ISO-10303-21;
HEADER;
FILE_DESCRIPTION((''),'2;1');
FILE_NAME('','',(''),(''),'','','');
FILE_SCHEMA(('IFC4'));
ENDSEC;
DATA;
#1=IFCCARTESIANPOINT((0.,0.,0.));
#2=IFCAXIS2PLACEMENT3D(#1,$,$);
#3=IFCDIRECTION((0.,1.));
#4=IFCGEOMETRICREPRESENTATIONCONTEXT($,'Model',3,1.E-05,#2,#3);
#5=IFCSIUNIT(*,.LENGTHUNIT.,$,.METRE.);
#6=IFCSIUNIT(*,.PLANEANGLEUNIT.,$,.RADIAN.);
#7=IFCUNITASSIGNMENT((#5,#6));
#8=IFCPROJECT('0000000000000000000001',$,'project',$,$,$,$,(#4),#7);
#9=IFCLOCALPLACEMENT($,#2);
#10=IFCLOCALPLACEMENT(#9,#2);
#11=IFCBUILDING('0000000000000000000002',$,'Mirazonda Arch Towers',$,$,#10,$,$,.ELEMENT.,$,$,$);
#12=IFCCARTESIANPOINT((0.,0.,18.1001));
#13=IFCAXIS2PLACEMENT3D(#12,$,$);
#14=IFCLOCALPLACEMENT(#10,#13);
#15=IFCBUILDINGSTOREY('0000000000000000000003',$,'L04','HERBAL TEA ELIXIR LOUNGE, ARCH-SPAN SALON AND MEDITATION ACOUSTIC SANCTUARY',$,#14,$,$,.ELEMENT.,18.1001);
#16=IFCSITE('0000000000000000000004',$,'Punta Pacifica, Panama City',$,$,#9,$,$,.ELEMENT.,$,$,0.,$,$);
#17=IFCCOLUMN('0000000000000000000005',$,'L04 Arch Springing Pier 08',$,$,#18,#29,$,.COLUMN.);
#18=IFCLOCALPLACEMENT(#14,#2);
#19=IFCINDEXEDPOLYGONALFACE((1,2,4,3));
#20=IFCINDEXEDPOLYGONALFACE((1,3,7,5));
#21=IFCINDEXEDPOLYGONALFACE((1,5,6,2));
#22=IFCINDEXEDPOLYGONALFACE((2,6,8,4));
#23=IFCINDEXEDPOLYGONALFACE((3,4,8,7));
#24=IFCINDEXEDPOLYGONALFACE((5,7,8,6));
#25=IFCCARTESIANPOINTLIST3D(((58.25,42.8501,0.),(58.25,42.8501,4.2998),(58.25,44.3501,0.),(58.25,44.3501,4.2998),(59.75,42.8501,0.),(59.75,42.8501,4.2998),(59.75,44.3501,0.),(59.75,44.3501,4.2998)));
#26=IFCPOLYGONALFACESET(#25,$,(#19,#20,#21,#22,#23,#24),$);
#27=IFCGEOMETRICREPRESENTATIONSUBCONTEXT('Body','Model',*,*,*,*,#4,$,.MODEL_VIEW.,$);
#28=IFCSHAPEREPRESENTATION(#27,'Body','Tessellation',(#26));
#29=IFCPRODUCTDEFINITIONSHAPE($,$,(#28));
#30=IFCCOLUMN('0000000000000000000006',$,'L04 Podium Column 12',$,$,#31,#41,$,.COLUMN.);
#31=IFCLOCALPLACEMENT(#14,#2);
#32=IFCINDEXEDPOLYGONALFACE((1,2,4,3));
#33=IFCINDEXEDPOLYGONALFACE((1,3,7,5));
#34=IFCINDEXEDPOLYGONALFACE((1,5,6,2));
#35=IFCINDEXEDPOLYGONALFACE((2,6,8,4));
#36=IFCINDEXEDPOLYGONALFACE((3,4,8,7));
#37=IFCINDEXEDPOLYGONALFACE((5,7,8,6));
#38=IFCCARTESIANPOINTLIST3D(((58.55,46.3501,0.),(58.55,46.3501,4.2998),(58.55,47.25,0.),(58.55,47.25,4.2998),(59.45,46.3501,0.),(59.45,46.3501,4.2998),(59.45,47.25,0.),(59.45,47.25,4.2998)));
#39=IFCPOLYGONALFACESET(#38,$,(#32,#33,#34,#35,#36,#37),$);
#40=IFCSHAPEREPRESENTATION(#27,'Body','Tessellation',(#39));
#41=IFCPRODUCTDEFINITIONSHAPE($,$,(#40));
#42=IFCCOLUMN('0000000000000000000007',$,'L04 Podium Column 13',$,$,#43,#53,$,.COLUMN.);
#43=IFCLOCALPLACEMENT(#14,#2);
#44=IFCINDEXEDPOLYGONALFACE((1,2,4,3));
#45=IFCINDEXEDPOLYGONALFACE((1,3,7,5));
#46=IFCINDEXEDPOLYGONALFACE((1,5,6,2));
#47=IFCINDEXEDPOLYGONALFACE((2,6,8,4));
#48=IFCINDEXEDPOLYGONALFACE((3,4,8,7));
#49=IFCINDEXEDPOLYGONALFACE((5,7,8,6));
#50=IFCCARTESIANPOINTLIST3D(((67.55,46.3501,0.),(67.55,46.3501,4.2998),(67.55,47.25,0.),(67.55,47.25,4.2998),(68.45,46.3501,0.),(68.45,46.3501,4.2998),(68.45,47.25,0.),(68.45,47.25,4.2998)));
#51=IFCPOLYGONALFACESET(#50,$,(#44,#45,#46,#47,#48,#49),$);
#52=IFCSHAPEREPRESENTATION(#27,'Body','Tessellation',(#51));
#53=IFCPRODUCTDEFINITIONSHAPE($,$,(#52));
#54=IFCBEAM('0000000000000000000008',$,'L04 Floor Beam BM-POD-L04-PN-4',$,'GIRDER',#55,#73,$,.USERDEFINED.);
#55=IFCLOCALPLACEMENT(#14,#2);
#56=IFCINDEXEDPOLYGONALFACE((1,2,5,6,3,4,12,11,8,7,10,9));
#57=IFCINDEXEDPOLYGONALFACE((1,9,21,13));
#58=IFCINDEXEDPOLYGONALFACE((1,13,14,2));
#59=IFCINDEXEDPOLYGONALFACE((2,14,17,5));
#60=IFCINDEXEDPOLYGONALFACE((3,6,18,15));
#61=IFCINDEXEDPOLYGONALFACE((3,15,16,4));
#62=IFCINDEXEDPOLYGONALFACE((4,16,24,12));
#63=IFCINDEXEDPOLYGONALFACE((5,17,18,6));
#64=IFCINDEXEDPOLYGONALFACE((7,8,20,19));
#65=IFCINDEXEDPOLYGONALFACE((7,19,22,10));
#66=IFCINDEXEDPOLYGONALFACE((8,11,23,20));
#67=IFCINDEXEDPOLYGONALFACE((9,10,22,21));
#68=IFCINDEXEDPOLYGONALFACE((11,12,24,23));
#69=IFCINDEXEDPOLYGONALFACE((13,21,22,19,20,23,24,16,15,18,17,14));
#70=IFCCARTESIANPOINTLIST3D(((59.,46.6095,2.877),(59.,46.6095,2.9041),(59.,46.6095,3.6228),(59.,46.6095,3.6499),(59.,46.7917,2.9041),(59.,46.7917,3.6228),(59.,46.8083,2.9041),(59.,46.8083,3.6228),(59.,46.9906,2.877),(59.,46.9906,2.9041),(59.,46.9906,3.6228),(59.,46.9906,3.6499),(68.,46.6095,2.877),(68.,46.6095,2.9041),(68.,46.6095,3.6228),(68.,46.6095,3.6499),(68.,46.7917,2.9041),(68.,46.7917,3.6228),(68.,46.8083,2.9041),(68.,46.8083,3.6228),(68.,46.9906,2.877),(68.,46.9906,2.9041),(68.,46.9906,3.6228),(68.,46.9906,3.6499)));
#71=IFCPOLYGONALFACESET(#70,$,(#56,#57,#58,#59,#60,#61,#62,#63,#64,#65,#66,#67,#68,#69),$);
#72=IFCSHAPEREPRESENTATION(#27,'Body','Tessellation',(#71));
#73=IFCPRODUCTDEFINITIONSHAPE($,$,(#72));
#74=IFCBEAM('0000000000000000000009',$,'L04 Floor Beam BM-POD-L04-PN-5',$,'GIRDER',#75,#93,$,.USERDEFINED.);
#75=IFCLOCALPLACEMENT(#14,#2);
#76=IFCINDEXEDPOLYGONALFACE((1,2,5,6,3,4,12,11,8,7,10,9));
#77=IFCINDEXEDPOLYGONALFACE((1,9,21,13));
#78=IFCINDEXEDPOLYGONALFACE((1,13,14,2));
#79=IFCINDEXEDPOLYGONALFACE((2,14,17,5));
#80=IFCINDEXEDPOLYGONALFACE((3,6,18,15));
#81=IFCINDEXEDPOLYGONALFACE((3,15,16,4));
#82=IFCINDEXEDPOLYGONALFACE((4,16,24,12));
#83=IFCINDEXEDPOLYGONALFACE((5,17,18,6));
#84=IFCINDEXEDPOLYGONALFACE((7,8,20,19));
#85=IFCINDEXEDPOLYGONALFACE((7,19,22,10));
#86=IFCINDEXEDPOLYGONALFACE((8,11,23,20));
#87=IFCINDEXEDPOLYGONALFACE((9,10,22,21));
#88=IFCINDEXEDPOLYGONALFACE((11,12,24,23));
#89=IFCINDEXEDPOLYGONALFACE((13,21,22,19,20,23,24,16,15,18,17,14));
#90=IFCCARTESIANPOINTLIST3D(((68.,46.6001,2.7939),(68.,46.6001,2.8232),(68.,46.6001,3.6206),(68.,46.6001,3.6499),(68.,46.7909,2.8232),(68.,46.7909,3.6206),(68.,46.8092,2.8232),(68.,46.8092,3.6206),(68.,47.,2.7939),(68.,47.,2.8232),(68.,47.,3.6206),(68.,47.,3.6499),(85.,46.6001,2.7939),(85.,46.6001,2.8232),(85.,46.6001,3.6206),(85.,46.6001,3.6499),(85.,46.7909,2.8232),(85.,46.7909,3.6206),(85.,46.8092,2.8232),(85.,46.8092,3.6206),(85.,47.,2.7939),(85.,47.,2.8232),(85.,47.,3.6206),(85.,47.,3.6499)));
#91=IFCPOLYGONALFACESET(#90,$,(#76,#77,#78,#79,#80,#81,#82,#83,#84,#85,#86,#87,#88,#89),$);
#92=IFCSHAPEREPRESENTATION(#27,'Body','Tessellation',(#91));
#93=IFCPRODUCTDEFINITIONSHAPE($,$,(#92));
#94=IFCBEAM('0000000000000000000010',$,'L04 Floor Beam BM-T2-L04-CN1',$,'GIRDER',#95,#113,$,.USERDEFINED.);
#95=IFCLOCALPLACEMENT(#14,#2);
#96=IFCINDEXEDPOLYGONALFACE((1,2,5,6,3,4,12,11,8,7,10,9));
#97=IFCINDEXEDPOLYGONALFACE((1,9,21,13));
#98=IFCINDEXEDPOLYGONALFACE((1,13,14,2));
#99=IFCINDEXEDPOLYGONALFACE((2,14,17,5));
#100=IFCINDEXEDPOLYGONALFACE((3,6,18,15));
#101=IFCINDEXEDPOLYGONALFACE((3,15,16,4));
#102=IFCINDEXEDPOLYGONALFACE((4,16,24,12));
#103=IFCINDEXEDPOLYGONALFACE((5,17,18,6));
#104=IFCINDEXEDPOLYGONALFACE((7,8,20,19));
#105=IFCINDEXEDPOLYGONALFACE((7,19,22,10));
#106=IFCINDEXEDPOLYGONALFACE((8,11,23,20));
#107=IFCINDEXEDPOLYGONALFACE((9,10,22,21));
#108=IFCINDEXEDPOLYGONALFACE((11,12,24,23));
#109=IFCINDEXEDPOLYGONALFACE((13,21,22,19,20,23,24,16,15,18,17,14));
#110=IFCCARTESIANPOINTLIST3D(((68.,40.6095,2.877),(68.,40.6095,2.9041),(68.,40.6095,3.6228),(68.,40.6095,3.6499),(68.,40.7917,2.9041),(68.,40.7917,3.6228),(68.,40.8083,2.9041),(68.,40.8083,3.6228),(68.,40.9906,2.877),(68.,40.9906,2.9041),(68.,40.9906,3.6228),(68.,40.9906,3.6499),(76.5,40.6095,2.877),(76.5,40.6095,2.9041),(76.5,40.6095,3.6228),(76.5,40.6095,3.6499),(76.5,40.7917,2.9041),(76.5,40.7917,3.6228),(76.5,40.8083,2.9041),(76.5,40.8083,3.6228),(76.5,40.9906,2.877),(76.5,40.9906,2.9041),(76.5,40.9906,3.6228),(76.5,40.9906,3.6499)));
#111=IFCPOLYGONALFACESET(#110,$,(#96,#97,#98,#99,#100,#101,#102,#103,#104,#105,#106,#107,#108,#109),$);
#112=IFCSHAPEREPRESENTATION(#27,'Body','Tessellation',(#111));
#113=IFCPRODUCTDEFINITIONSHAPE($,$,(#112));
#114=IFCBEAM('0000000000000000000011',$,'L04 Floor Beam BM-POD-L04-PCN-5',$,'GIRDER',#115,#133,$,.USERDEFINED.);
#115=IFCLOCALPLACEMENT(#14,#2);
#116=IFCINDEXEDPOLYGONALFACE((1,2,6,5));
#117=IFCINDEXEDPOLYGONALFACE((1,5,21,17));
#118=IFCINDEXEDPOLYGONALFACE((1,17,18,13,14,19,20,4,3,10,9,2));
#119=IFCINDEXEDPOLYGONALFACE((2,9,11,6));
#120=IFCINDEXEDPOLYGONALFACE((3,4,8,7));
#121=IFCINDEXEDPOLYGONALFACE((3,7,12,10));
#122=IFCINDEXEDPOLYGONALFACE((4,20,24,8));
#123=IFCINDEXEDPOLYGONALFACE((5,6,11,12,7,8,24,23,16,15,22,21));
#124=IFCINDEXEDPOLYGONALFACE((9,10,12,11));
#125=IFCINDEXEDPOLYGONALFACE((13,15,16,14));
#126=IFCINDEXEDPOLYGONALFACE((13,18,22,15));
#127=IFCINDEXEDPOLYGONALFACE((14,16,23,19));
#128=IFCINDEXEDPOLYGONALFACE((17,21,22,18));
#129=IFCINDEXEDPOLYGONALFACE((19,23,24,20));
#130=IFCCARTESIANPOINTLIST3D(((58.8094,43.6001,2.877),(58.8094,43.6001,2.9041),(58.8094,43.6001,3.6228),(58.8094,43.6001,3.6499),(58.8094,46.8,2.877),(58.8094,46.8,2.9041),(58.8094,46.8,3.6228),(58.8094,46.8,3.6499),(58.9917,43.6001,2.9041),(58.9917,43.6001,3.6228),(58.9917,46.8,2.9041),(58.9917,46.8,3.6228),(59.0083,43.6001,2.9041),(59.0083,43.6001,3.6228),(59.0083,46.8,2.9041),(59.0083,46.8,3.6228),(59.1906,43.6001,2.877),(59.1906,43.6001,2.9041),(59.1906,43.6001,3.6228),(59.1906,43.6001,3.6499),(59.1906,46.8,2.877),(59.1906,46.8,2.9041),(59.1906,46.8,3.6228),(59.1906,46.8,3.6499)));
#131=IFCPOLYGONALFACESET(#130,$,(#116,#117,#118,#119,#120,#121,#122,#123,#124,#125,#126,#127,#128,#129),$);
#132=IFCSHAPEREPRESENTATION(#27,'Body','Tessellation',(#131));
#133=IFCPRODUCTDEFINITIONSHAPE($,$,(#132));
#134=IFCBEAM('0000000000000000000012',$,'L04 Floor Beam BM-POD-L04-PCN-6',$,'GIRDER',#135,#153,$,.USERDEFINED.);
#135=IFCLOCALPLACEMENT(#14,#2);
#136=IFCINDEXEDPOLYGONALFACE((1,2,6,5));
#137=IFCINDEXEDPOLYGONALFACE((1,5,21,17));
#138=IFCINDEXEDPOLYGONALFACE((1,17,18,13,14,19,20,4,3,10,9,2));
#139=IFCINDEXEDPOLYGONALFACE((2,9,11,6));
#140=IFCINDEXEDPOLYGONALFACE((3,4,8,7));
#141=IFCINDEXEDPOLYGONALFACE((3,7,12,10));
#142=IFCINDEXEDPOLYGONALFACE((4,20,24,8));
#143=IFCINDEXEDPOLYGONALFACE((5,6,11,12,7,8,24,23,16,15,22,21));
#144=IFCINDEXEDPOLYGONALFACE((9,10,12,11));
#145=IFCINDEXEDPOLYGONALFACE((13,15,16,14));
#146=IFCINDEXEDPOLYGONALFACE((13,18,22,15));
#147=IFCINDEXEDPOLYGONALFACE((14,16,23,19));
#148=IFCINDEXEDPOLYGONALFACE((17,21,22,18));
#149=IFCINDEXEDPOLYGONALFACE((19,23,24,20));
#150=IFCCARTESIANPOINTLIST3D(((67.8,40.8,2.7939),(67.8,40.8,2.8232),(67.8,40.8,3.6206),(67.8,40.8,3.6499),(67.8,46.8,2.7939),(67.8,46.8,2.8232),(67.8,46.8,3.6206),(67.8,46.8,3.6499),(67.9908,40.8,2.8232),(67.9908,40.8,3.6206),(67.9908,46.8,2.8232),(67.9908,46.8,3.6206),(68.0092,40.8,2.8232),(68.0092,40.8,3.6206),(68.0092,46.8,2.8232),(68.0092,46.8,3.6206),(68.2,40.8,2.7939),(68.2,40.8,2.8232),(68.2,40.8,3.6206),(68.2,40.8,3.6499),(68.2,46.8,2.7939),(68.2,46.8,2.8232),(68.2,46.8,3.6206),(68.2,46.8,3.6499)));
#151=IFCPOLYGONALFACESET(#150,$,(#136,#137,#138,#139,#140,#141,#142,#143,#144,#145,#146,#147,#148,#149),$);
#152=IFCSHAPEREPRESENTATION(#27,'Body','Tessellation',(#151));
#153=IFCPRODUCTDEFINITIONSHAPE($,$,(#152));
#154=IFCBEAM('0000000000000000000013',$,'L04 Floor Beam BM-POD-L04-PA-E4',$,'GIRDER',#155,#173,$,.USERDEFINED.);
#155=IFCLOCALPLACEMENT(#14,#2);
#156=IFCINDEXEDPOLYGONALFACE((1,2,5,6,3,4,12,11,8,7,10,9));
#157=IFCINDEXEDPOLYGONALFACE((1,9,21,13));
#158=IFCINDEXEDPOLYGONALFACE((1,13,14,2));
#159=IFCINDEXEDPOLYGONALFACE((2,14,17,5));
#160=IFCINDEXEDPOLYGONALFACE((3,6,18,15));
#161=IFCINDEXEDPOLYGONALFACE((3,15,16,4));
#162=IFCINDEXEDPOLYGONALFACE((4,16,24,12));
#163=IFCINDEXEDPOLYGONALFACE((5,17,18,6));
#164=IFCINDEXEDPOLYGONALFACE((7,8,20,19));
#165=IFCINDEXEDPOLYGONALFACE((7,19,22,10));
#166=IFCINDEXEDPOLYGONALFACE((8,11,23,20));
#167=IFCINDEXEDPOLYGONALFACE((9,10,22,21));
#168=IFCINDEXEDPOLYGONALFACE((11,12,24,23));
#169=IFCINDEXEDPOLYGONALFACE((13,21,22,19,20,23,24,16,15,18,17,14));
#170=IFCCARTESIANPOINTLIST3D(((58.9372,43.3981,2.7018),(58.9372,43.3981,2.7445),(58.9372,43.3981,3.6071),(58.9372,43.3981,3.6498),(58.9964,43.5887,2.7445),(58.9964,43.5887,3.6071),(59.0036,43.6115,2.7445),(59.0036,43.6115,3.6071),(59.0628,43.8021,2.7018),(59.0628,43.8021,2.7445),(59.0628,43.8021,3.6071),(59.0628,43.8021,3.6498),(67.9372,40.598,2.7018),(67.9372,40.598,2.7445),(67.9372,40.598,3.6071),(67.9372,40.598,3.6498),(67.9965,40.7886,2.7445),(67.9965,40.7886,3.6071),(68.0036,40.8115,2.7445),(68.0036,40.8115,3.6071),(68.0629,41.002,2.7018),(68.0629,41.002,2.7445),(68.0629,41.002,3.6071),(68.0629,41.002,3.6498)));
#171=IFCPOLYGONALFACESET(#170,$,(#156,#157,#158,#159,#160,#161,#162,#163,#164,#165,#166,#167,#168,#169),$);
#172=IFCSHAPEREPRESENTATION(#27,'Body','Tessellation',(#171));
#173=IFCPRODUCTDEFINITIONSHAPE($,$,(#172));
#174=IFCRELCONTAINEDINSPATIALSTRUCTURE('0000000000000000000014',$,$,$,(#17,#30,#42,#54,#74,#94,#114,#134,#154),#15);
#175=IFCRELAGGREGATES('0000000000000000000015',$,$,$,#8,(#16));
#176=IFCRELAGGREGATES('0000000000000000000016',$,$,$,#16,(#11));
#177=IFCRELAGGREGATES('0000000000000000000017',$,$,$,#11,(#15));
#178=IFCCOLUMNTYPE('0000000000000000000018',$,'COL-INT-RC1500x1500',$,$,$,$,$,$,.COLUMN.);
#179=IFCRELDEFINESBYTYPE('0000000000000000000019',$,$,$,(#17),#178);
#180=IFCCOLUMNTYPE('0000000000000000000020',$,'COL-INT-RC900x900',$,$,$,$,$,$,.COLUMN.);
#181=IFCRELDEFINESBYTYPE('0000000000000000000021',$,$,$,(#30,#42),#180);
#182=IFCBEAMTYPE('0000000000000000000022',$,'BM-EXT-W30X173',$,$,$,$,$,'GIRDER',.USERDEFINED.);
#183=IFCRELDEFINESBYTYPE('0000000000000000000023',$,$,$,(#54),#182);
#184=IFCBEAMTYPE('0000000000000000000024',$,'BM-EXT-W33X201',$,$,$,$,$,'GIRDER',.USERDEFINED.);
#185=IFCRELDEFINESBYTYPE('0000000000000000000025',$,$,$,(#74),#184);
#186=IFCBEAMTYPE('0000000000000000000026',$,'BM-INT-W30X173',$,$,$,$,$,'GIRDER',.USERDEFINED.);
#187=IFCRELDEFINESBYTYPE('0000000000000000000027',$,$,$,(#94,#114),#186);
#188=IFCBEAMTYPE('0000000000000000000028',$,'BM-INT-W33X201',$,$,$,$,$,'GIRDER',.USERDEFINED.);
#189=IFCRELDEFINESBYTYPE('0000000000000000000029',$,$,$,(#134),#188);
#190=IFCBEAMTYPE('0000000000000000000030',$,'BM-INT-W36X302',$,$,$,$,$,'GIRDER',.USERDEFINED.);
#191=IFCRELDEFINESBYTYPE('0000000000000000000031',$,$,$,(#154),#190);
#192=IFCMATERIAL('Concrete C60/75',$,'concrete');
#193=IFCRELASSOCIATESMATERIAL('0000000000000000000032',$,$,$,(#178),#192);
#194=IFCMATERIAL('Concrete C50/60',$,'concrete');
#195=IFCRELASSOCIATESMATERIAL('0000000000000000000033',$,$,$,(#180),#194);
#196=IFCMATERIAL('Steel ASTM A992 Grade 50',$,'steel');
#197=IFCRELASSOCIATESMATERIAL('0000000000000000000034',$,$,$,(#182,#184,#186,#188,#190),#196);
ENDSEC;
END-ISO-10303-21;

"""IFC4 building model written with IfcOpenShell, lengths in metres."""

from ifc_helpers import new_model, si_unit, direction, frame, origin, origin_2d, place, context, subcontext, project, spatial, rectangle, i_section, extrude, material, material_profile, profile_set, type_object, element, save


model = new_model("IFC4")

# Units and contexts
model_context = context("Model", 3, precision=1e-05, world=origin(), true_north=direction((0.0, 1.0)))
body_context = subcontext(model_context, "Body", "Model", "MODEL_VIEW")
ifc_project = project(units=[si_unit("LENGTHUNIT", "METRE"), si_unit("PLANEANGLEUNIT", "RADIAN")], contexts=[model_context])

# Site, building, storey
site_placement = place(None, origin())
site = spatial("IfcSite", under=ifc_project, at=site_placement, Name="Punta Pacifica, Panama City", CompositionType="ELEMENT", RefElevation=0.0)
building_placement = place(site_placement, origin())
building = spatial("IfcBuilding", under=site, at=building_placement, Name="Mirazonda Arch Towers", CompositionType="ELEMENT")
storey_placement = place(building_placement, frame((0.0, 0.0, 18.1001)))
storey = spatial("IfcBuildingStorey", under=building, at=storey_placement, Name="L04", Description="HERBAL TEA ELIXIR LOUNGE, ARCH-SPAN SALON AND MEDITATION ACOUSTIC SANCTUARY", CompositionType="ELEMENT", Elevation=18.1001)

# Columns
ifc_material_1 = material(Name="Concrete C60/75", Category="concrete")
ifc_material_profile_1 = material_profile(ifc_material_1, rectangle(XDim=1.5, YDim=1.5, at=origin_2d()), Name="RC1500x1500")
ifc_profile_set_1 = profile_set([ifc_material_profile_1], Name="Concrete C60/75")
column_type_1 = type_object("IfcColumnType", Name="COL-INT-RC1500x1500", PredefinedType="COLUMN", material=ifc_profile_set_1)
column_placement = place(storey_placement, frame((59.0, 43.6001, 0.0), z_axis=(0.0, 0.0, 1.0), x_axis=(1.0, 0.0, 0.0)))
element("IfcColumn", 1, at=column_placement, inside=storey, type_object=column_type_1, Name="L04 Arch Springing Pier 08", PredefinedType="COLUMN", context=body_context, shape_type="SweptSolid", body=[
    extrude(rectangle(XDim=1.5, YDim=1.5, at=origin_2d()), origin(), (0.0, 0.0, 1.0), 4.2998),
])
ifc_material_2 = material(Name="Concrete C50/60", Category="concrete")
ifc_material_profile_2 = material_profile(ifc_material_2, rectangle(XDim=0.8999, YDim=0.8999, at=origin_2d()), Name="RC900x900")
ifc_profile_set_2 = profile_set([ifc_material_profile_2], Name="Concrete C50/60")
column_type_2 = type_object("IfcColumnType", Name="COL-INT-RC900x900", PredefinedType="COLUMN", material=ifc_profile_set_2)
for number, where, z_axis, x_axis, name in (
    (2, (59.0, 46.8, 0.0), (0.0, 0.0, 1.0), (1.0, 0.0, 0.0), "L04 Podium Column 12"),
    (3, (68.0, 46.8, 0.0), (0.0, 0.0, 1.0), (1.0, 0.0, 0.0), "L04 Podium Column 13"),
):
    element("IfcColumn", number, at=place(storey_placement, frame(where, z_axis=z_axis, x_axis=x_axis)), inside=storey, type_object=column_type_2, Name=name, PredefinedType="COLUMN", context=body_context, shape_type="SweptSolid", body=[
        extrude(rectangle(XDim=0.8999, YDim=0.8999, at=origin_2d()), origin(), (0.0, 0.0, 1.0), 4.2998),
    ])

# Beams
ifc_material_3 = material(Name="Steel ASTM A992 Grade 50", Category="steel")
ifc_material_profile_3 = material_profile(ifc_material_3, i_section(OverallWidth=0.3811, OverallDepth=0.7729, WebThickness=0.0166, FlangeThickness=0.0271, at=origin_2d()), Name="W30X173")
ifc_profile_set_3 = profile_set([ifc_material_profile_3], Name="Steel ASTM A992 Grade 50")
beam_type_1 = type_object("IfcBeamType", Name="BM-EXT-W30X173", ElementType="GIRDER", PredefinedType="USERDEFINED", material=ifc_profile_set_3)
beam_1_placement = place(storey_placement, frame((59.0, 46.8, 3.2634), z_axis=(1.0, 0.0, 0.0), x_axis=(0.0, 1.0, 0.0)))
element("IfcBeam", 4, at=beam_1_placement, inside=storey, type_object=beam_type_1, Name="L04 Floor Beam BM-POD-L04-PN-4", ObjectType="GIRDER", PredefinedType="USERDEFINED", context=body_context, shape_type="SweptSolid", body=[
    extrude(i_section(OverallWidth=0.3811, OverallDepth=0.7729, WebThickness=0.0166, FlangeThickness=0.0271, at=origin_2d()), origin(), (0.0, 0.0, 1.0), 9.0),
])
ifc_material_profile_4 = material_profile(ifc_material_3, i_section(OverallWidth=0.3999, OverallDepth=0.856, WebThickness=0.0183, FlangeThickness=0.0293, at=origin_2d()), Name="W33X201")
ifc_profile_set_4 = profile_set([ifc_material_profile_4], Name="Steel ASTM A992 Grade 50")
beam_type_2 = type_object("IfcBeamType", Name="BM-EXT-W33X201", ElementType="GIRDER", PredefinedType="USERDEFINED", material=ifc_profile_set_4)
beam_2_placement = place(storey_placement, frame((68.0, 46.8, 3.2219), z_axis=(1.0, 0.0, 0.0), x_axis=(0.0, 1.0, 0.0)))
element("IfcBeam", 5, at=beam_2_placement, inside=storey, type_object=beam_type_2, Name="L04 Floor Beam BM-POD-L04-PN-5", ObjectType="GIRDER", PredefinedType="USERDEFINED", context=body_context, shape_type="SweptSolid", body=[
    extrude(i_section(OverallWidth=0.3999, OverallDepth=0.856, WebThickness=0.0183, FlangeThickness=0.0293, at=origin_2d()), origin(), (0.0, 0.0, 1.0), 17.0),
])
ifc_material_profile_5 = material_profile(ifc_material_3, i_section(OverallWidth=0.3811, OverallDepth=0.7729, WebThickness=0.0166, FlangeThickness=0.0271, at=origin_2d()), Name="W30X173")
ifc_profile_set_5 = profile_set([ifc_material_profile_5], Name="Steel ASTM A992 Grade 50")
beam_type_3 = type_object("IfcBeamType", Name="BM-INT-W30X173", ElementType="GIRDER", PredefinedType="USERDEFINED", material=ifc_profile_set_5)
beam_3_placement = place(storey_placement, frame((68.0, 40.8, 3.2634), z_axis=(1.0, 0.0, 0.0), x_axis=(0.0, 1.0, 0.0)))
element("IfcBeam", 6, at=beam_3_placement, inside=storey, type_object=beam_type_3, Name="L04 Floor Beam BM-T2-L04-CN1", ObjectType="GIRDER", PredefinedType="USERDEFINED", context=body_context, shape_type="SweptSolid", body=[
    extrude(i_section(OverallWidth=0.3811, OverallDepth=0.7729, WebThickness=0.0166, FlangeThickness=0.0271, at=origin_2d()), origin(), (0.0, 0.0, 1.0), 8.5),
])
beam_4_placement = place(storey_placement, frame((59.0, 43.6001, 3.2634), z_axis=(0.0, 1.0, 0.0), x_axis=(-1.0, 0.0, 0.0)))
element("IfcBeam", 7, at=beam_4_placement, inside=storey, type_object=beam_type_3, Name="L04 Floor Beam BM-POD-L04-PCN-5", ObjectType="GIRDER", PredefinedType="USERDEFINED", context=body_context, shape_type="SweptSolid", body=[
    extrude(i_section(OverallWidth=0.3811, OverallDepth=0.7729, WebThickness=0.0166, FlangeThickness=0.0271, at=origin_2d()), origin(), (0.0, 0.0, 1.0), 3.2),
])
ifc_material_profile_6 = material_profile(ifc_material_3, i_section(OverallWidth=0.3999, OverallDepth=0.856, WebThickness=0.0183, FlangeThickness=0.0293, at=origin_2d()), Name="W33X201")
ifc_profile_set_6 = profile_set([ifc_material_profile_6], Name="Steel ASTM A992 Grade 50")
beam_type_4 = type_object("IfcBeamType", Name="BM-INT-W33X201", ElementType="GIRDER", PredefinedType="USERDEFINED", material=ifc_profile_set_6)
beam_5_placement = place(storey_placement, frame((68.0, 40.8, 3.2219), z_axis=(0.0, 1.0, 0.0), x_axis=(-1.0, 0.0, 0.0)))
element("IfcBeam", 8, at=beam_5_placement, inside=storey, type_object=beam_type_4, Name="L04 Floor Beam BM-POD-L04-PCN-6", ObjectType="GIRDER", PredefinedType="USERDEFINED", context=body_context, shape_type="SweptSolid", body=[
    extrude(i_section(OverallWidth=0.3999, OverallDepth=0.856, WebThickness=0.0183, FlangeThickness=0.0293, at=origin_2d()), origin(), (0.0, 0.0, 1.0), 6.0),
])
ifc_material_profile_7 = material_profile(ifc_material_3, i_section(OverallWidth=0.4231, OverallDepth=0.948, WebThickness=0.0239, FlangeThickness=0.0427, at=origin_2d()), Name="W36X302")
ifc_profile_set_7 = profile_set([ifc_material_profile_7], Name="Steel ASTM A992 Grade 50")
beam_type_5 = type_object("IfcBeamType", Name="BM-INT-W36X302", ElementType="GIRDER", PredefinedType="USERDEFINED", material=ifc_profile_set_7)
beam_6_placement = place(storey_placement, frame((59.0, 43.6001, 3.1758), z_axis=(0.954855, -0.297071, 0.0), x_axis=(0.297071, 0.954855, 0.0)))
element("IfcBeam", 9, at=beam_6_placement, inside=storey, type_object=beam_type_5, Name="L04 Floor Beam BM-POD-L04-PA-E4", ObjectType="GIRDER", PredefinedType="USERDEFINED", context=body_context, shape_type="SweptSolid", body=[
    extrude(i_section(OverallWidth=0.4231, OverallDepth=0.948, WebThickness=0.0239, FlangeThickness=0.0427, at=origin_2d()), origin(), (0.0, 0.0, 1.0), 9.4255),
])

save(model, "model.ifc")
